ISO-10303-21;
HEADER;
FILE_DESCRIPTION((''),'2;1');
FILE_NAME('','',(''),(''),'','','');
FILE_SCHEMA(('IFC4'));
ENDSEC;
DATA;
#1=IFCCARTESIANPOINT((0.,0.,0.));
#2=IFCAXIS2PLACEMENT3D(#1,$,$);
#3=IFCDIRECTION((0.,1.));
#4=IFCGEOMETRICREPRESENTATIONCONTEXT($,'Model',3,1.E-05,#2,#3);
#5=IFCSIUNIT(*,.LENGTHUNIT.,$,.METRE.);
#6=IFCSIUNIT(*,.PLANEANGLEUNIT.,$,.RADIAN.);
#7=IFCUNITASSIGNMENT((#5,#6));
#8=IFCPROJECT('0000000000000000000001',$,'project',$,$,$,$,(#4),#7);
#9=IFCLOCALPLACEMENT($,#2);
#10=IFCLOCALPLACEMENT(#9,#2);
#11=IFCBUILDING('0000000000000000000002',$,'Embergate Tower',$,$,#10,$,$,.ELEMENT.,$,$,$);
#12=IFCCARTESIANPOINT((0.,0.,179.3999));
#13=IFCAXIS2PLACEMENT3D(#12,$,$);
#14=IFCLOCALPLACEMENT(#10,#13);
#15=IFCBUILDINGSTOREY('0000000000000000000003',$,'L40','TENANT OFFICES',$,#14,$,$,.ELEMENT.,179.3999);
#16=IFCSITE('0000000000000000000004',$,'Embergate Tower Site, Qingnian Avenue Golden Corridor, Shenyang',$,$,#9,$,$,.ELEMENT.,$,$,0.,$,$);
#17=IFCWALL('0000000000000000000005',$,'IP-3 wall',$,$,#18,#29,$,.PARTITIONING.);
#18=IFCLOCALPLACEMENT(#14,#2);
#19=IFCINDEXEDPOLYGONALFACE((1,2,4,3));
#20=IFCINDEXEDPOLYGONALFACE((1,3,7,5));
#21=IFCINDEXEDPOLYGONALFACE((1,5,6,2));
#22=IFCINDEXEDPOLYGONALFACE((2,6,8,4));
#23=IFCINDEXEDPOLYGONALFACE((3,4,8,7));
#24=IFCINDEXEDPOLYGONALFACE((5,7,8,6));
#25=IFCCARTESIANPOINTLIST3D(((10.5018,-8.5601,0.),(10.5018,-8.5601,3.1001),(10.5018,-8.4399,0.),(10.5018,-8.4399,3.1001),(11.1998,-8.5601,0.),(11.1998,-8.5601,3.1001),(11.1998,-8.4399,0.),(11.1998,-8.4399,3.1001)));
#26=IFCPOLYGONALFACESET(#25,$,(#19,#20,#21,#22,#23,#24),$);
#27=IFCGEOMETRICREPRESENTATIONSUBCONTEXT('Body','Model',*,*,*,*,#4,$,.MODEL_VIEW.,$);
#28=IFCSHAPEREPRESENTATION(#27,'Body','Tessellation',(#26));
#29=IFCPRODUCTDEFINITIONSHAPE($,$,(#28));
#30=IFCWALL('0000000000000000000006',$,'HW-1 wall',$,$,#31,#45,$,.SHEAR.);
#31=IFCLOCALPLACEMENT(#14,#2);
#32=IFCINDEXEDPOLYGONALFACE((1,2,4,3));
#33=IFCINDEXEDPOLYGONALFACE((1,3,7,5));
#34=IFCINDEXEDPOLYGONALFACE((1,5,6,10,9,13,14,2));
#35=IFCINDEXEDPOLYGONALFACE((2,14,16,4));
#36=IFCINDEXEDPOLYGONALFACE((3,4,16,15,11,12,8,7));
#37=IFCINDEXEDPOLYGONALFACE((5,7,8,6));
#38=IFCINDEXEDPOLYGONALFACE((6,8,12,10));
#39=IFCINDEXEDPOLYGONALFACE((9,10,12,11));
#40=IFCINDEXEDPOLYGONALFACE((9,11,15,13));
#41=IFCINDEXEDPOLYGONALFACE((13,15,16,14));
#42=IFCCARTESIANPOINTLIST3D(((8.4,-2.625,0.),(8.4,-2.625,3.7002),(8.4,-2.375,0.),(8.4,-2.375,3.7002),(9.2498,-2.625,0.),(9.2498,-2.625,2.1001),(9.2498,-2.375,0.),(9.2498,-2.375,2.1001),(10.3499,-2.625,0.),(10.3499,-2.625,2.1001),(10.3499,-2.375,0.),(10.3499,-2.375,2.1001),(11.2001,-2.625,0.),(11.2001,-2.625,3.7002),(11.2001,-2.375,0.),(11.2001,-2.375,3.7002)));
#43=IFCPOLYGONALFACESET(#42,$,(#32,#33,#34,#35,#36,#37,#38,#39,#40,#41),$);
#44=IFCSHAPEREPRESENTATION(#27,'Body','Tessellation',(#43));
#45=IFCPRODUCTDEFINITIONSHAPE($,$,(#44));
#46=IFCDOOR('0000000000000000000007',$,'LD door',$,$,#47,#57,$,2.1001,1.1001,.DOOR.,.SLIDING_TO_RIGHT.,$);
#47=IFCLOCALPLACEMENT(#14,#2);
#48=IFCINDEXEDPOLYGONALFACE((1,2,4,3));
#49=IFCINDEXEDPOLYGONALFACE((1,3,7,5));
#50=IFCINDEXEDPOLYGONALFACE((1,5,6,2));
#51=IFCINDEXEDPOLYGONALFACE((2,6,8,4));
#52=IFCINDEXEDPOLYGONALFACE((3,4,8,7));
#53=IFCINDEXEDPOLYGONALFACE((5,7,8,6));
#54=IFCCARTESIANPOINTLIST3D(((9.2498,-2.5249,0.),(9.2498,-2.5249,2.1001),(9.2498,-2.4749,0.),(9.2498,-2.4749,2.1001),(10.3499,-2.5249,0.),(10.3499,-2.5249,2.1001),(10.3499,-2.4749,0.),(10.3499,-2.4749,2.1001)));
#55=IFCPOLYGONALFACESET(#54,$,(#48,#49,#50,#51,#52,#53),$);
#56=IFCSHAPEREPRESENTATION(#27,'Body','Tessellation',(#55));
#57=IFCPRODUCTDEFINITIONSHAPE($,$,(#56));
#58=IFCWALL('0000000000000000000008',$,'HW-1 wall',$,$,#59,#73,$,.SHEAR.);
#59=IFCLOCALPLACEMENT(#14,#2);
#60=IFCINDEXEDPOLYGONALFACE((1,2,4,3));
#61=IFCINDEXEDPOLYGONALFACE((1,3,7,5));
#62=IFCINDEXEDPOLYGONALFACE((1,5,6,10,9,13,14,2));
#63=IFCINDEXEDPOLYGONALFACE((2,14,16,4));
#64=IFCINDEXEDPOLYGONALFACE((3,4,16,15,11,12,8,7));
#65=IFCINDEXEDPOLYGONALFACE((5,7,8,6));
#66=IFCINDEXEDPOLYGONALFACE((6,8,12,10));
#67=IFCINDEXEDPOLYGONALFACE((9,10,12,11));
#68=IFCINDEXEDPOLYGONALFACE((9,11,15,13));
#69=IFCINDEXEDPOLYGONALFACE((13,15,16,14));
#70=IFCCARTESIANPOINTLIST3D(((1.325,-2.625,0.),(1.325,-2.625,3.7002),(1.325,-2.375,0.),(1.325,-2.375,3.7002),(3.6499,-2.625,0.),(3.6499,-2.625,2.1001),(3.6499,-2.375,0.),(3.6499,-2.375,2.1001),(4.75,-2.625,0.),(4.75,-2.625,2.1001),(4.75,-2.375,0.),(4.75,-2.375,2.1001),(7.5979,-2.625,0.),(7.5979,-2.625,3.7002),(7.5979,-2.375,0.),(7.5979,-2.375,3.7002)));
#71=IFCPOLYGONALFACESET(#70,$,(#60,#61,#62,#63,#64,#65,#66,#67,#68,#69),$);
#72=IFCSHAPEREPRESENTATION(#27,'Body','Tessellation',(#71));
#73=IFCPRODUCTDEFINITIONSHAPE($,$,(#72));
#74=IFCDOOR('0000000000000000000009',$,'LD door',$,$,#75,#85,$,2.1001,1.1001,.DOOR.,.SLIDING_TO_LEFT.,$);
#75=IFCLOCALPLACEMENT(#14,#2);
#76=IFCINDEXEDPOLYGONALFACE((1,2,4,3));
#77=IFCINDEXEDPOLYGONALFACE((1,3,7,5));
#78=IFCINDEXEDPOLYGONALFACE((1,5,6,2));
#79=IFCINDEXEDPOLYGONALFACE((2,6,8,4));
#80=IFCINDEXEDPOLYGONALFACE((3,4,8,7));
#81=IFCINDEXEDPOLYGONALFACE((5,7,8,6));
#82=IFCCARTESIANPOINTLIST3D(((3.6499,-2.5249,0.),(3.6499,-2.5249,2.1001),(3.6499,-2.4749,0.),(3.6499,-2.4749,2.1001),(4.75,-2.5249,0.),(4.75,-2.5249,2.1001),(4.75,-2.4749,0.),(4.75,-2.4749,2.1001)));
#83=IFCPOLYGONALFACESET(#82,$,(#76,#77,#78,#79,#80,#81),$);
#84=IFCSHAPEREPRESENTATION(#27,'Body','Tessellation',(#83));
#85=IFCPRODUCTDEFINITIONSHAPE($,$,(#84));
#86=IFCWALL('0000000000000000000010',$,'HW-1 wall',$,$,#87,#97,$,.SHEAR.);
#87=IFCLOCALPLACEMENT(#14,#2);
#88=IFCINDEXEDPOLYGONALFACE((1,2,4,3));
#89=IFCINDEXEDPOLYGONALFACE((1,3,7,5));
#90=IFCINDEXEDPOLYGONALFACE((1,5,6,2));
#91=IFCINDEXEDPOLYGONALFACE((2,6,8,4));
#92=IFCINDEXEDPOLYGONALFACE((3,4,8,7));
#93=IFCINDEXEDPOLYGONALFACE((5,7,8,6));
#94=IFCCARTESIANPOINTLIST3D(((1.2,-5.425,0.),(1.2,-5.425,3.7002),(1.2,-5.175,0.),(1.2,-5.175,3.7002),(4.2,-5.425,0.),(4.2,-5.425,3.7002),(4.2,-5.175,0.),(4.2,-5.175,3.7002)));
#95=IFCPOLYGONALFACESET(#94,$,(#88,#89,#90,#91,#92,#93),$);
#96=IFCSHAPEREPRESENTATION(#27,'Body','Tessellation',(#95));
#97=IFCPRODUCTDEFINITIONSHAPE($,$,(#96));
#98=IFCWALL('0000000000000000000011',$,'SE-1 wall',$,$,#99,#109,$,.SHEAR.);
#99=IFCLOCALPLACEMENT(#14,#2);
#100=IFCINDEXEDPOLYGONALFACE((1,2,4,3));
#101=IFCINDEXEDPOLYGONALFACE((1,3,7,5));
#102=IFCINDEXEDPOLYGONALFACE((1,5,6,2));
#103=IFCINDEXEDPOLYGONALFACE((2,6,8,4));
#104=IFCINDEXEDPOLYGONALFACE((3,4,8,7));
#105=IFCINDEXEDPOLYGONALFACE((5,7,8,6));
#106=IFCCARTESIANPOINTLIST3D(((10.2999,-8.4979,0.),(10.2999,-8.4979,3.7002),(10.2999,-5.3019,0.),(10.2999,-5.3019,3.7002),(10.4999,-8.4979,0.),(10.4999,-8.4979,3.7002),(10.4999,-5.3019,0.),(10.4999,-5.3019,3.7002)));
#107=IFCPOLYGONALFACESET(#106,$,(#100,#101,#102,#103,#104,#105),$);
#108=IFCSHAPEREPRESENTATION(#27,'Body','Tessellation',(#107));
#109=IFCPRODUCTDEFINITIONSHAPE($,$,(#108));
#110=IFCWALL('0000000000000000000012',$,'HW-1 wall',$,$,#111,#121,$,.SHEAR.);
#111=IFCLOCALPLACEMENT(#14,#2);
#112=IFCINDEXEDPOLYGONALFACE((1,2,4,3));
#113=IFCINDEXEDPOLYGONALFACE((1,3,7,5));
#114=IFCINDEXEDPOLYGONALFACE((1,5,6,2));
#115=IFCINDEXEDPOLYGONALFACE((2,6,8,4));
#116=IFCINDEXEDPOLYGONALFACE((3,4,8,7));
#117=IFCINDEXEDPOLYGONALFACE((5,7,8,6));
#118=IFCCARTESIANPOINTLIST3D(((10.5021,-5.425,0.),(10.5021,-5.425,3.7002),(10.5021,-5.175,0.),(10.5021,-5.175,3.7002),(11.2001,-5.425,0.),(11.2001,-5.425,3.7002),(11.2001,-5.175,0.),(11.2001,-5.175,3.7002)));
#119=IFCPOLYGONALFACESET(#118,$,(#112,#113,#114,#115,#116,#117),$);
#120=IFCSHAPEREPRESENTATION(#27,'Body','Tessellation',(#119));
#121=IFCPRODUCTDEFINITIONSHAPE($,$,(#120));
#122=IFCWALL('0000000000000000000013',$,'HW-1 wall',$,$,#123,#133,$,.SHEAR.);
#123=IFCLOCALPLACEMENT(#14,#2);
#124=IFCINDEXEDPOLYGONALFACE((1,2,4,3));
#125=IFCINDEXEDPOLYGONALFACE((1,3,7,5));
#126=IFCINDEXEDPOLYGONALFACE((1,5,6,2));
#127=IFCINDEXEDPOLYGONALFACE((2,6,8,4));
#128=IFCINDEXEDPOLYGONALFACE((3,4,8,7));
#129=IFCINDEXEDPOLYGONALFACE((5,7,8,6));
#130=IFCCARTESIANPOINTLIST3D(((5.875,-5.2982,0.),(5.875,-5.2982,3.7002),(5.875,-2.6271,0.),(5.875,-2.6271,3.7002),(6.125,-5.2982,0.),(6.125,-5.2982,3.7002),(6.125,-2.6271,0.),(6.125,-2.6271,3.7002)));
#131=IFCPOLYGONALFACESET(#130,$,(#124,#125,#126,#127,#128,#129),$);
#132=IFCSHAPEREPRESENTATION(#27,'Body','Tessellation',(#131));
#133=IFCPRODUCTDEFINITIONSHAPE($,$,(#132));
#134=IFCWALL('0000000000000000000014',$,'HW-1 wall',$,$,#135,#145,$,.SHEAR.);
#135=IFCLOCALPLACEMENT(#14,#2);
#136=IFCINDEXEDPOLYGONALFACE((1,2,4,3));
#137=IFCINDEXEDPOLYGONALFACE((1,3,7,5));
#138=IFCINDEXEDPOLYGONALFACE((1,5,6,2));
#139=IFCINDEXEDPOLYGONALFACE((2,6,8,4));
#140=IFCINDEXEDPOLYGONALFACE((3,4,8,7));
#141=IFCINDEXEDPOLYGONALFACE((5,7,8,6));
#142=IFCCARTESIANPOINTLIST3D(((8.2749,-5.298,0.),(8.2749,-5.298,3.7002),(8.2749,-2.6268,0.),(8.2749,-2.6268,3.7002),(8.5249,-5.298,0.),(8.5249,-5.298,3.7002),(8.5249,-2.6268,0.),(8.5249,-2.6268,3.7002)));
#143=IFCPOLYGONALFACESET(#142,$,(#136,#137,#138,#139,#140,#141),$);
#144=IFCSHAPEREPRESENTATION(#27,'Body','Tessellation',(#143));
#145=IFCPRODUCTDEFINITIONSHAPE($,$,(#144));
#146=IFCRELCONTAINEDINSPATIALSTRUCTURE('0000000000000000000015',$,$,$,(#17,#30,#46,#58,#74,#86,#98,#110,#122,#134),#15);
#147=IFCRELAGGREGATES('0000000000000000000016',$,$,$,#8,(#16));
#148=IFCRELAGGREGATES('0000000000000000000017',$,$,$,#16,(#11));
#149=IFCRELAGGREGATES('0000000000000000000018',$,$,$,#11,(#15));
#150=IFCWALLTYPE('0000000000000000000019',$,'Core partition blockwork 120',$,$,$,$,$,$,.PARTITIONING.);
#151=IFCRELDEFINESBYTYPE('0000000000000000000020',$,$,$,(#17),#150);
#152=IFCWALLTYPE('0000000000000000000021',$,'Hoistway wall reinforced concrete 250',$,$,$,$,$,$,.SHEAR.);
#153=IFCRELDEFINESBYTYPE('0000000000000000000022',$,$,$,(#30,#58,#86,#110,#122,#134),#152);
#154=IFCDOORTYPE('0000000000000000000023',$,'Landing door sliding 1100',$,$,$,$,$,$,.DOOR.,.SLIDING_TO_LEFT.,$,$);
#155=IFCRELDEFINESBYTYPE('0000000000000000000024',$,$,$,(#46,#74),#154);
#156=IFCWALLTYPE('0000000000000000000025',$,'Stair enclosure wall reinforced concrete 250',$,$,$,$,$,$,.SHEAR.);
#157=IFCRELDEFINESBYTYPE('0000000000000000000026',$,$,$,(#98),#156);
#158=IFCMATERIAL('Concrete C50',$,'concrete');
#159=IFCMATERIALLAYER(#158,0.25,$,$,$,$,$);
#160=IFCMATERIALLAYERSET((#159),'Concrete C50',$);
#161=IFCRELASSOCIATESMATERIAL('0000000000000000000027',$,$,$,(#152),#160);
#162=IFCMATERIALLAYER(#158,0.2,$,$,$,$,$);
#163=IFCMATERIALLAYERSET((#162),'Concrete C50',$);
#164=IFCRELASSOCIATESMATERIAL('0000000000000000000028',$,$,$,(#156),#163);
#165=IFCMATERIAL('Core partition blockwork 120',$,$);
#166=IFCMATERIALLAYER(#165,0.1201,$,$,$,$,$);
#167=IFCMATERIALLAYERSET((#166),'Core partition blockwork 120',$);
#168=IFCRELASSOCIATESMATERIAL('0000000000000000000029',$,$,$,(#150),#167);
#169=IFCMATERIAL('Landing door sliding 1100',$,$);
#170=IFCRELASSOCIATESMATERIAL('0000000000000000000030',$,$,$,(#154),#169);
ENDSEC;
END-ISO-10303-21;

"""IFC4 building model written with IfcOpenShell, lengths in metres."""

from ifc_helpers import new_model, si_unit, direction, frame, frame_2d, origin, place, context, subcontext, project, spatial, rectangle, extrude, source, transform, mapped, material, layer, layer_set, type_object, element, fill, save


model = new_model("IFC4")

# Units and contexts
model_context = context("Model", 3, precision=1e-05, world=origin(), true_north=direction((0.0, 1.0)))
body_context = subcontext(model_context, "Body", "Model", "MODEL_VIEW")
ifc_project = project(units=[si_unit("LENGTHUNIT", "METRE"), si_unit("PLANEANGLEUNIT", "RADIAN")], contexts=[model_context])

# Site, building, storey
site_placement = place(None, origin())
site = spatial("IfcSite", under=ifc_project, at=site_placement, Name="Embergate Tower Site, Qingnian Avenue Golden Corridor, Shenyang", CompositionType="ELEMENT", RefElevation=0.0)
building_placement = place(site_placement, origin())
building = spatial("IfcBuilding", under=site, at=building_placement, Name="Embergate Tower", CompositionType="ELEMENT")
storey_placement = place(building_placement, frame((0.0, 0.0, 179.3999)))
storey = spatial("IfcBuildingStorey", under=building, at=storey_placement, Name="L40", Description="TENANT OFFICES", CompositionType="ELEMENT", Elevation=179.3999)

# Shared definitions
ifc_material_1 = material(Name="Concrete C50", Category="concrete")
ifc_layer_1 = layer(ifc_material_1, 0.25)
ifc_layer_set_1 = layer_set([ifc_layer_1], Name="Concrete C50")
wall_type_1 = type_object("IfcWallType", Name="Hoistway wall reinforced concrete 250", PredefinedType="SHEAR", material=ifc_layer_set_1)
ifc_layer_2 = layer(ifc_material_1, 0.2)
ifc_layer_set_2 = layer_set([ifc_layer_2], Name="Concrete C50")
wall_type_2 = type_object("IfcWallType", Name="Stair enclosure wall reinforced concrete 250", PredefinedType="SHEAR", material=ifc_layer_set_2)

# Wall
ifc_material_2 = material(Name="Core partition blockwork 120")
ifc_layer_3 = layer(ifc_material_2, 0.1201)
ifc_layer_set_3 = layer_set([ifc_layer_3], Name="Core partition blockwork 120")
wall_type_3 = type_object("IfcWallType", Name="Core partition blockwork 120", PredefinedType="PARTITIONING", material=ifc_layer_set_3)
shared_shape_1 = source(origin(), body_context, "Body", "SweptSolid", [
    extrude(rectangle(XDim=0.698, YDim=0.1201, at=frame_2d((0.3491, 0.0))), origin(), (0.0, 0.0, 1.0), 3.1001),
])
wall_1_placement = place(storey_placement, frame((11.2, -8.5, 0.0), z_axis=(0.0, 0.0, 1.0), x_axis=(-1.0, 0.0, 0.0)))
element("IfcWall", 1, at=wall_1_placement, inside=storey, type_object=wall_type_3, Name="IP-3 wall", PredefinedType="PARTITIONING", context=body_context, shape_type="MappedRepresentation", body=[
    mapped(shared_shape_1, transform((0.0, 0.0, 0.0))),
])

# Walls, openings, doors
shared_shape_2 = source(origin(), body_context, "Body", "SweptSolid", [
    extrude(rectangle(XDim=2.8, YDim=0.25, at=frame_2d((1.3999, 0.0))), origin(), (0.0, 0.0, 1.0), 3.7002),
])
wall_2_placement = place(storey_placement, frame((11.2, -2.5, 0.0), z_axis=(0.0, 0.0, 1.0), x_axis=(-1.0, 0.0, 0.0)))
wall_2 = element("IfcWall", 2, at=wall_2_placement, inside=storey, type_object=wall_type_1, Name="HW-1 wall", PredefinedType="SHEAR", context=body_context, shape_type="MappedRepresentation", body=[
    mapped(shared_shape_2, transform((0.0, 0.0, 0.0))),
])
shared_shape_3 = source(origin(), body_context, "Body", "SweptSolid", [
    extrude(rectangle(XDim=1.1001, YDim=2.1001, at=frame_2d((0.55, 1.05))), frame((0.0, 0.135, 0.0), z_axis=(0.0, -1.0, 0.0), x_axis=(1.0, 0.0, 0.0)), (0.0, 0.0, 1.0), 0.27),
])
opening_1_placement = place(wall_2_placement, frame((0.8501, 0.0, 0.0)))
opening_1 = element("IfcOpeningElement", 3, at=opening_1_placement, cuts=wall_2, PredefinedType="OPENING", context=body_context, shape_type="MappedRepresentation", body=[
    mapped(shared_shape_3, transform((0.0, 0.0, 0.0))),
])
ifc_material_3 = material(Name="Landing door sliding 1100")
door_type_1 = type_object("IfcDoorType", Name="Landing door sliding 1100", OperationType="SLIDING_TO_LEFT", PredefinedType="DOOR", material=ifc_material_3)
shared_shape_4 = source(origin(), body_context, "Body", "SweptSolid", [
    extrude(rectangle(XDim=1.1001, YDim=2.1001, at=frame_2d((0.55, 1.05))), frame((0.0, 0.0249, 0.0), z_axis=(0.0, -1.0, 0.0), x_axis=(1.0, 0.0, 0.0)), (0.0, 0.0, 1.0), 0.05),
])
door_1_placement = place(opening_1_placement, origin())
door_1 = element("IfcDoor", 4, at=door_1_placement, inside=storey, type_object=door_type_1, Name="LD door", OperationType="SLIDING_TO_RIGHT", OverallHeight=2.1001, OverallWidth=1.1001, PredefinedType="DOOR", context=body_context, shape_type="MappedRepresentation", body=[
    mapped(shared_shape_4, transform((0.0, 0.0, 0.0))),
])
fill(opening_1, door_1)
shared_shape_5 = source(origin(), body_context, "Body", "SweptSolid", [
    extrude(rectangle(XDim=6.2729, YDim=0.25, at=frame_2d((3.1365, 0.0))), origin(), (0.0, 0.0, 1.0), 3.7002),
])
wall_3_placement = place(storey_placement, frame((7.5979, -2.5, 0.0), z_axis=(0.0, 0.0, 1.0), x_axis=(-1.0, 0.0, 0.0)))
wall_3 = element("IfcWall", 5, at=wall_3_placement, inside=storey, type_object=wall_type_1, Name="HW-1 wall", PredefinedType="SHEAR", context=body_context, shape_type="MappedRepresentation", body=[
    mapped(shared_shape_5, transform((0.0, 0.0, 0.0))),
])
opening_2_placement = place(wall_3_placement, frame((2.8479, 0.0, 0.0)))
opening_2 = element("IfcOpeningElement", 6, at=opening_2_placement, cuts=wall_3, PredefinedType="OPENING", context=body_context, shape_type="MappedRepresentation", body=[
    mapped(shared_shape_3, transform((0.0, 0.0, 0.0))),
])
door_2_placement = place(opening_2_placement, origin())
door_2 = element("IfcDoor", 7, at=door_2_placement, inside=storey, type_object=door_type_1, Name="LD door", OperationType="SLIDING_TO_LEFT", OverallHeight=2.1001, OverallWidth=1.1001, PredefinedType="DOOR", context=body_context, shape_type="MappedRepresentation", body=[
    mapped(shared_shape_4, transform((0.0, 0.0, 0.0))),
])
fill(opening_2, door_2)

# Walls
shared_shape_6 = source(origin(), body_context, "Body", "SweptSolid", [
    extrude(rectangle(XDim=3.0, YDim=0.25, at=frame_2d((1.5, 0.0))), origin(), (0.0, 0.0, 1.0), 3.7002),
])
wall_4_placement = place(storey_placement, frame((1.2, -5.3, 0.0), z_axis=(0.0, 0.0, 1.0), x_axis=(1.0, 0.0, 0.0)))
element("IfcWall", 8, at=wall_4_placement, inside=storey, type_object=wall_type_1, Name="HW-1 wall", PredefinedType="SHEAR", context=body_context, shape_type="MappedRepresentation", body=[
    mapped(shared_shape_6, transform((0.0, 0.0, 0.0))),
])
shared_shape_7 = source(origin(), body_context, "Body", "SweptSolid", [
    extrude(rectangle(XDim=3.196, YDim=0.2, at=frame_2d((1.5981, 0.0))), origin(), (0.0, 0.0, 1.0), 3.7002),
])
wall_5_placement = place(storey_placement, frame((10.3999, -8.498, 0.0), z_axis=(0.0, 0.0, 1.0), x_axis=(0.0, 1.0, 0.0)))
element("IfcWall", 9, at=wall_5_placement, inside=storey, type_object=wall_type_2, Name="SE-1 wall", PredefinedType="SHEAR", context=body_context, shape_type="MappedRepresentation", body=[
    mapped(shared_shape_7, transform((0.0, 0.0, 0.0))),
])
shared_shape_8 = source(origin(), body_context, "Body", "SweptSolid", [
    extrude(rectangle(XDim=0.698, YDim=0.25, at=frame_2d((0.3491, 0.0))), origin(), (0.0, 0.0, 1.0), 3.7002),
])
wall_6_placement = place(storey_placement, frame((10.502, -5.3, 0.0), z_axis=(0.0, 0.0, 1.0), x_axis=(1.0, 0.0, 0.0)))
element("IfcWall", 10, at=wall_6_placement, inside=storey, type_object=wall_type_1, Name="HW-1 wall", PredefinedType="SHEAR", context=body_context, shape_type="MappedRepresentation", body=[
    mapped(shared_shape_8, transform((0.0, 0.0, 0.0))),
])
shared_shape_9 = source(origin(), body_context, "Body", "SweptSolid", [
    extrude(rectangle(XDim=2.6711, YDim=0.25, at=frame_2d((1.3354, 0.0))), origin(), (0.0, 0.0, 1.0), 3.7002),
])
for number, where, z_axis, x_axis, name in (
    (11, (6.0, -5.2981, 0.0), (0.0, 0.0, 1.0), (0.0, 1.0, 0.0), "HW-1 wall"),
    (12, (8.3999, -2.627, 0.0), (0.0, 0.0, 1.0), (0.0, -1.0, 0.0), "HW-1 wall"),
):
    element("IfcWall", number, at=place(storey_placement, frame(where, z_axis=z_axis, x_axis=x_axis)), inside=storey, type_object=wall_type_1, Name=name, PredefinedType="SHEAR", context=body_context, shape_type="MappedRepresentation", body=[
        mapped(shared_shape_9, transform((0.0, 0.0, 0.0))),
    ])

save(model, "model.ifc")
